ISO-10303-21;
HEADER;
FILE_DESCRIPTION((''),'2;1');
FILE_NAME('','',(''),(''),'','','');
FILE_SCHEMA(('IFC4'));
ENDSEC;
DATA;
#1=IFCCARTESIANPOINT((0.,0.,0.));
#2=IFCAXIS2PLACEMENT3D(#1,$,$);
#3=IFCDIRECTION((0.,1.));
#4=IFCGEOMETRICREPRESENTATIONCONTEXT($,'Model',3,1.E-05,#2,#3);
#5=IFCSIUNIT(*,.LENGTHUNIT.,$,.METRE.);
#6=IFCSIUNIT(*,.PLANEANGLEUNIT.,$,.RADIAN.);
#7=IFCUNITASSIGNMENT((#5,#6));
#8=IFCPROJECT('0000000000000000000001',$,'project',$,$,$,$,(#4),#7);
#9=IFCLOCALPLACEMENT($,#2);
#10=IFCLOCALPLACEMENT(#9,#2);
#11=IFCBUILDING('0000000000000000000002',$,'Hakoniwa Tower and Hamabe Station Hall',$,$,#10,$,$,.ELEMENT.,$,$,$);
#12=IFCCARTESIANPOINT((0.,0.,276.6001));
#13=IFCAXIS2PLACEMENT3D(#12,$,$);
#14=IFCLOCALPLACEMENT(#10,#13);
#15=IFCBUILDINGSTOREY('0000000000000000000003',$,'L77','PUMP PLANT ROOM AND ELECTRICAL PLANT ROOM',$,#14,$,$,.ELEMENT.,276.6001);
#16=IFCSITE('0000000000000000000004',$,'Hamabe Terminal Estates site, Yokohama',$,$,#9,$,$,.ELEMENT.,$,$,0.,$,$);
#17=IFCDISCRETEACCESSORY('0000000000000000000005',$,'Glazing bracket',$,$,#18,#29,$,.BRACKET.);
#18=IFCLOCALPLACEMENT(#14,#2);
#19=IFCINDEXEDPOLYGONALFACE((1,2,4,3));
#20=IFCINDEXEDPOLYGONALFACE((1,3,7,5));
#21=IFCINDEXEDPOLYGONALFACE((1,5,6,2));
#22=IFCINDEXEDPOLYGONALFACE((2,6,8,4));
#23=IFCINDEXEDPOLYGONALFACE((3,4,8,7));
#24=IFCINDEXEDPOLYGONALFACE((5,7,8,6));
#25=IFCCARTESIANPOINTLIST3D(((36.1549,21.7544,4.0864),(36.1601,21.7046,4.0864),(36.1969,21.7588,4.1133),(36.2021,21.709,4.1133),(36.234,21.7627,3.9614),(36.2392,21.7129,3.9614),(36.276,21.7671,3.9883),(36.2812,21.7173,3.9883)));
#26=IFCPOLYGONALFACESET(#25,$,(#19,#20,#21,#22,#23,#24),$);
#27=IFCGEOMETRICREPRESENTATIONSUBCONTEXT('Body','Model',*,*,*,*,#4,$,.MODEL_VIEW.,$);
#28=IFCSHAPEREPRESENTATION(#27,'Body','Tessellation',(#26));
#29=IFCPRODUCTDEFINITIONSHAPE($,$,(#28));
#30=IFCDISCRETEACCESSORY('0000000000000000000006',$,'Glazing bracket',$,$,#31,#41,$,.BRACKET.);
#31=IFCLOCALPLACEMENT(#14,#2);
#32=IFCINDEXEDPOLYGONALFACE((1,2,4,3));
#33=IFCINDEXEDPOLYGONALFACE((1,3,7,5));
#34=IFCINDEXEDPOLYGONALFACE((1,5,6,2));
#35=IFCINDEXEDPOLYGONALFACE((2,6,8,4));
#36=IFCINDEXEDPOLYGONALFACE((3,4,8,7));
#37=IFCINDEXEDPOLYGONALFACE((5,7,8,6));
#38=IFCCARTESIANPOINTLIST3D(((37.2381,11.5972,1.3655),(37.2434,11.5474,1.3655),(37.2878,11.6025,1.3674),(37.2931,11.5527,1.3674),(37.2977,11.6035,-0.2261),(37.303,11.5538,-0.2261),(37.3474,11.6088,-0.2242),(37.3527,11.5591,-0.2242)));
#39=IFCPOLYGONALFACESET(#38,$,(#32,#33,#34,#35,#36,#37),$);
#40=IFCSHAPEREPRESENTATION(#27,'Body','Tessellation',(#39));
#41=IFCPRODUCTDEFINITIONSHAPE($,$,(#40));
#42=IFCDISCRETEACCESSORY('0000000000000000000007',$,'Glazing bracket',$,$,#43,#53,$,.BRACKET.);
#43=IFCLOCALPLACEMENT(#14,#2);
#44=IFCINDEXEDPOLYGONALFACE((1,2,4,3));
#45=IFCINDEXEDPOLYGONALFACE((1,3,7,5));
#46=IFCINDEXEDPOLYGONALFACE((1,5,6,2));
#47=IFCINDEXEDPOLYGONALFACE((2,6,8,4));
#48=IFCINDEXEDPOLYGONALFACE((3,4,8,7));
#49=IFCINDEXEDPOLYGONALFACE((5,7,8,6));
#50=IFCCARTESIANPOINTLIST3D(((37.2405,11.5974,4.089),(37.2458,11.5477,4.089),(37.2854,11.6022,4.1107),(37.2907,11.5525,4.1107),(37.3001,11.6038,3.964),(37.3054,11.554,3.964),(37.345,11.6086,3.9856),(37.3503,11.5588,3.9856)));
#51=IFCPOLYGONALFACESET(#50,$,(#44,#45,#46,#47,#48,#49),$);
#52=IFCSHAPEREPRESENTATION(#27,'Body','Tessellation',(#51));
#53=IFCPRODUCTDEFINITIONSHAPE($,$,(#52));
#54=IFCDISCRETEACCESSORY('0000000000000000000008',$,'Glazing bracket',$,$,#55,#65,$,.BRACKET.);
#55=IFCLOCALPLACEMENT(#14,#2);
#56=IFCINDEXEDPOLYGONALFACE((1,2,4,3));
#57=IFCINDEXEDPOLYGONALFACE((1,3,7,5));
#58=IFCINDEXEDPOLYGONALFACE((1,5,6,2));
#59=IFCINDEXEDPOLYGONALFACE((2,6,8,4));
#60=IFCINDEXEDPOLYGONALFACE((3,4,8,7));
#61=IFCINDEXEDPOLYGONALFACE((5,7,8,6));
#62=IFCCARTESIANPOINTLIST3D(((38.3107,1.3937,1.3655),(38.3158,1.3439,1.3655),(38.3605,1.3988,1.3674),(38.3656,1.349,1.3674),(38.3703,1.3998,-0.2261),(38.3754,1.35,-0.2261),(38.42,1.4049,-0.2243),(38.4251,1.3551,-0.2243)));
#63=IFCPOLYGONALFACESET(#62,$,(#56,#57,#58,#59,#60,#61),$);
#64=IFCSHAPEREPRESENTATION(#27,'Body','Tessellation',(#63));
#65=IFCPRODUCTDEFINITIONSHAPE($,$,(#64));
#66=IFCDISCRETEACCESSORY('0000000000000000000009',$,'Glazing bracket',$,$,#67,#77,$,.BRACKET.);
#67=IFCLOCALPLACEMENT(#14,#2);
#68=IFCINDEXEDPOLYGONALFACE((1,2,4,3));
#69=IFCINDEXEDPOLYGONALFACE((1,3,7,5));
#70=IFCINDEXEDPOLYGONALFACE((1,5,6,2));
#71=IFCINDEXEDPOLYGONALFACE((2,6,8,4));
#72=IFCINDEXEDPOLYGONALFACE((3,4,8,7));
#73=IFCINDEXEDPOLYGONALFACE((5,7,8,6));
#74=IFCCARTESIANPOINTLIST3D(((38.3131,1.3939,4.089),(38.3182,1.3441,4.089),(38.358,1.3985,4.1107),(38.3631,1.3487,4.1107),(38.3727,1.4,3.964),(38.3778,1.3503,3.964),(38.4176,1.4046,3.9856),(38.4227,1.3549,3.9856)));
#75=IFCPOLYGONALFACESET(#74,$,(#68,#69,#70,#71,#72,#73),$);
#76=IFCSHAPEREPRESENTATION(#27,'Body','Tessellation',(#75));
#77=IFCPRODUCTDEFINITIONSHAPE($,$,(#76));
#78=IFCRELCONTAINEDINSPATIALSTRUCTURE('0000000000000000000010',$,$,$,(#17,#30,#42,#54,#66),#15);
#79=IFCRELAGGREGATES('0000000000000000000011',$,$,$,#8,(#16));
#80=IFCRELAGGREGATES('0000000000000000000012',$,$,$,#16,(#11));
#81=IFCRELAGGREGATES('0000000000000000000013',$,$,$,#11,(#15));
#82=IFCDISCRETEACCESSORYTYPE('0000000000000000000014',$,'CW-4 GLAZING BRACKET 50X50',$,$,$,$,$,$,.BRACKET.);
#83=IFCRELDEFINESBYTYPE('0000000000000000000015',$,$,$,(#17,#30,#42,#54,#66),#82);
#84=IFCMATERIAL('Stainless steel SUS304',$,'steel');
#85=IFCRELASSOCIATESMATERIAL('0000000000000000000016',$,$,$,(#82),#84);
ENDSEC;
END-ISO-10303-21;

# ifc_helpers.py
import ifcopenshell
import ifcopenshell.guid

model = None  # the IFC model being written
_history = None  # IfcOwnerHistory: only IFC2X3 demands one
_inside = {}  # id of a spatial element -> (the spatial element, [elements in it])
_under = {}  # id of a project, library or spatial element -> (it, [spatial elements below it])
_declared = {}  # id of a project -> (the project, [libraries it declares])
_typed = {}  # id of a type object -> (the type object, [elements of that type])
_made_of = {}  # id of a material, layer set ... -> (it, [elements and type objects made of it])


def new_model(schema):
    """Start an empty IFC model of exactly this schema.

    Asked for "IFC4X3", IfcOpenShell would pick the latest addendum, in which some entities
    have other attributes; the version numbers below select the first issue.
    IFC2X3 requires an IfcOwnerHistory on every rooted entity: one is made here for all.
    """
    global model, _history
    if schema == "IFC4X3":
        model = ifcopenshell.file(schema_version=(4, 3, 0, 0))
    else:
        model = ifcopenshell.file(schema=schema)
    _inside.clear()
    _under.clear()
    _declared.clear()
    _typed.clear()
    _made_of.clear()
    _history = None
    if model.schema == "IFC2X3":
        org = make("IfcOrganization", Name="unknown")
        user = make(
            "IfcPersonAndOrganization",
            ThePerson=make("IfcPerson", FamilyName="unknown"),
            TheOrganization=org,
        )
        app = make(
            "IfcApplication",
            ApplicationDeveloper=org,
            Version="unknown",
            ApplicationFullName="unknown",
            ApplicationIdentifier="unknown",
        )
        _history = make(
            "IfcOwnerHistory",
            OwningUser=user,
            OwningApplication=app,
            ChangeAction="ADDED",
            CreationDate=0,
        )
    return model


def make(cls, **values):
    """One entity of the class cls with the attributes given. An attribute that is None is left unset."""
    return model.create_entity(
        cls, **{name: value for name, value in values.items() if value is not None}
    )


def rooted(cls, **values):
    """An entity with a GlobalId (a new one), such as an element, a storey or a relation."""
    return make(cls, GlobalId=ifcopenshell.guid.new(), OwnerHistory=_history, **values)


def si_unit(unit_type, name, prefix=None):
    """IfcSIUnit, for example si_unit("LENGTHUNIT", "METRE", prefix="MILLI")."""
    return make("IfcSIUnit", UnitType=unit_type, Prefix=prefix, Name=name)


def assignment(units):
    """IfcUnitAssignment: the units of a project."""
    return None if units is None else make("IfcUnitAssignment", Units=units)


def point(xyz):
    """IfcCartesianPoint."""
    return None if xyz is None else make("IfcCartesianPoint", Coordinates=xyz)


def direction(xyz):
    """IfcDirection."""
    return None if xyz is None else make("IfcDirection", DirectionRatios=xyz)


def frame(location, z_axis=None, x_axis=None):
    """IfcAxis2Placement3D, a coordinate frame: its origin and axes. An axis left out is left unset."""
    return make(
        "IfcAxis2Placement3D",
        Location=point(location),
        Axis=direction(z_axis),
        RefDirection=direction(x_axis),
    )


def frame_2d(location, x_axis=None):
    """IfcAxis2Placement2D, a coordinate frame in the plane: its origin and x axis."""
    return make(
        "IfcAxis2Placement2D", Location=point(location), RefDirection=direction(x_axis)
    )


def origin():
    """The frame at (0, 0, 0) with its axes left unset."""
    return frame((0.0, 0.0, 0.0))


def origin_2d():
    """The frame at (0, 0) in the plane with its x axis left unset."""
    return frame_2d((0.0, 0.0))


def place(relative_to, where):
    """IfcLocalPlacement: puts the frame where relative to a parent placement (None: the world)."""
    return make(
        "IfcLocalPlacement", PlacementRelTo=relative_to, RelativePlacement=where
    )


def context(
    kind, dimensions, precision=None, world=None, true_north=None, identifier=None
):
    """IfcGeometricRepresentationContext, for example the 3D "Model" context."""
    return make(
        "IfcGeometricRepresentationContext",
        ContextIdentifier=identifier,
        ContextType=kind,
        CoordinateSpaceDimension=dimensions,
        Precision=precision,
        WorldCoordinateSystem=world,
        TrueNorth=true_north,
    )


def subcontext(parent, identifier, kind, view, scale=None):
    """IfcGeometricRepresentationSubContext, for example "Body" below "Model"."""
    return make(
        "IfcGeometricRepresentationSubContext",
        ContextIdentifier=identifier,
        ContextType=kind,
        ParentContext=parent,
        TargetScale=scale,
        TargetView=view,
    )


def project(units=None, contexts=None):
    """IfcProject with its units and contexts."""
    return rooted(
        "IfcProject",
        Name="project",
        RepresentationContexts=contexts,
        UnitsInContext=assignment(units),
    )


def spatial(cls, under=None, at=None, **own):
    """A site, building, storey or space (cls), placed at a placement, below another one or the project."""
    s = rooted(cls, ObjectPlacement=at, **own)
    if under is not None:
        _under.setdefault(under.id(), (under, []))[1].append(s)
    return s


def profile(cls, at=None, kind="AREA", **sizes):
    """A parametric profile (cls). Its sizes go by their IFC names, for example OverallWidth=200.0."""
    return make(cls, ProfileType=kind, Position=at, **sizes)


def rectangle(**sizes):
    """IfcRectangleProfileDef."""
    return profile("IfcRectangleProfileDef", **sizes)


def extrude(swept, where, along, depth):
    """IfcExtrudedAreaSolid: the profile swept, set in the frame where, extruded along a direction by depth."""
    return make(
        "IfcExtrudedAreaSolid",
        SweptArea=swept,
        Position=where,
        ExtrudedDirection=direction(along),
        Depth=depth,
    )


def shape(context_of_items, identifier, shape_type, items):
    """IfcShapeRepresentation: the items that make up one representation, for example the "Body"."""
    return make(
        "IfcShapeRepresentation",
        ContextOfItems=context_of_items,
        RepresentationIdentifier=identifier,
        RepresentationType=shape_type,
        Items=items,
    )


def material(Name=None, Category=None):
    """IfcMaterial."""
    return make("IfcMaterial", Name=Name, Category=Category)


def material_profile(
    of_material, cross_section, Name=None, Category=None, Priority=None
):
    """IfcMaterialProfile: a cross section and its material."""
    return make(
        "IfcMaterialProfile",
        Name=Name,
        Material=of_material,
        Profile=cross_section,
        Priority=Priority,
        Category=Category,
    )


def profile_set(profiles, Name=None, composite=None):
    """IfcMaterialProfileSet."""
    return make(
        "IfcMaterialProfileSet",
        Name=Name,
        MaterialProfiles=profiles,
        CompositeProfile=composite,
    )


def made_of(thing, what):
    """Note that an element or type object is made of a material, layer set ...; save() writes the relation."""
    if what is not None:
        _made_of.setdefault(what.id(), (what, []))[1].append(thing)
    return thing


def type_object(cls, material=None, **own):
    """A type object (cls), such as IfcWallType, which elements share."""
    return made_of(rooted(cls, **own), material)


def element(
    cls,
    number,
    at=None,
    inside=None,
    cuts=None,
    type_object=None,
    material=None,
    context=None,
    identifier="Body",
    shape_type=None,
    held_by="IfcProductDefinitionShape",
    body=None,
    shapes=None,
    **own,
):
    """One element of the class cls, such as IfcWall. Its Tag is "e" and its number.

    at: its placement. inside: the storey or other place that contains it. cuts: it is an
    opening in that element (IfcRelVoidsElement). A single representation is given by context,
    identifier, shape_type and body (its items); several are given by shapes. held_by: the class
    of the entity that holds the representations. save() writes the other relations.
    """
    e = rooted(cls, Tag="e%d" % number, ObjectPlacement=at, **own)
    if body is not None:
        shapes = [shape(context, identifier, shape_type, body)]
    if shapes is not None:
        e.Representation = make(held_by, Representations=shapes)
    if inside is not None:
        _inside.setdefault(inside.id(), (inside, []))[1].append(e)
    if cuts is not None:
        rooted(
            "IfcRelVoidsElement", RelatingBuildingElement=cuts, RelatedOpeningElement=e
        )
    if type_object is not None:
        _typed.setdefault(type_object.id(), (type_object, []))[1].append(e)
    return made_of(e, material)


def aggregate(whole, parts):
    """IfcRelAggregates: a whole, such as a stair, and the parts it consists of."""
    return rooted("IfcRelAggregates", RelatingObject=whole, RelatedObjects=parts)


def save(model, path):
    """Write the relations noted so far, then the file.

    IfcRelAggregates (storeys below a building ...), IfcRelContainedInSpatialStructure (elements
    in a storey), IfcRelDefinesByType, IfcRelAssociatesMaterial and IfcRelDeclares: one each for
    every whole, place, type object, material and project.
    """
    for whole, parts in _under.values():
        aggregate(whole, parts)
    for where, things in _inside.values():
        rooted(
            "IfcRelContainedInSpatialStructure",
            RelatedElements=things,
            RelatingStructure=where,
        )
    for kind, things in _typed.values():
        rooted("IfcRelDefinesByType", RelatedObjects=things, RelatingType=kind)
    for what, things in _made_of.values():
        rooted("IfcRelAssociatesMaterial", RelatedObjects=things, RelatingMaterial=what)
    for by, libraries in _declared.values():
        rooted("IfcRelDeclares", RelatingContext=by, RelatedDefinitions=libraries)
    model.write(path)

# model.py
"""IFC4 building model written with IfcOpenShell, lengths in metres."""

from ifc_helpers import new_model, si_unit, direction, frame, origin, origin_2d, place, context, subcontext, project, spatial, rectangle, extrude, material, material_profile, profile_set, type_object, element, save


model = new_model("IFC4")

# Units and contexts
model_context = context("Model", 3, precision=1e-05, world=origin(), true_north=direction((0.0, 1.0)))
body_context = subcontext(model_context, "Body", "Model", "MODEL_VIEW")
ifc_project = project(units=[si_unit("LENGTHUNIT", "METRE"), si_unit("PLANEANGLEUNIT", "RADIAN")], contexts=[model_context])

# Site, building, storey
site_placement = place(None, origin())
site = spatial("IfcSite", under=ifc_project, at=site_placement, Name="Hamabe Terminal Estates site, Yokohama", CompositionType="ELEMENT", RefElevation=0.0)
building_placement = place(site_placement, origin())
building = spatial("IfcBuilding", under=site, at=building_placement, Name="Hakoniwa Tower and Hamabe Station Hall", CompositionType="ELEMENT")
storey_placement = place(building_placement, frame((0.0, 0.0, 276.6001)))
storey = spatial("IfcBuildingStorey", under=building, at=storey_placement, Name="L77", Description="PUMP PLANT ROOM AND ELECTRICAL PLANT ROOM", CompositionType="ELEMENT", Elevation=276.6001)

# Discrete accessories
ifc_material_1 = material(Name="Stainless steel SUS304", Category="steel")
ifc_material_profile_1 = material_profile(ifc_material_1, rectangle(XDim=0.05, YDim=0.05, at=origin_2d()), Name="CW-4 GLAZING BRACKET 50X50")
ifc_profile_set_1 = profile_set([ifc_material_profile_1], Name="Stainless steel SUS304")
discrete_accessory_type = type_object("IfcDiscreteAccessoryType", Name="CW-4 GLAZING BRACKET 50X50", PredefinedType="BRACKET", material=ifc_profile_set_1)
discrete_accessory_1_placement = place(storey_placement, frame((36.1785, 21.7317, 4.0999), z_axis=(0.533898, 0.056026, -0.843691), x_axis=(-0.104365, 0.994539, 0.0)))
element("IfcDiscreteAccessory", 1, at=discrete_accessory_1_placement, inside=storey, type_object=discrete_accessory_type, Name="Glazing bracket", PredefinedType="BRACKET", context=body_context, shape_type="SweptSolid", body=[
    extrude(rectangle(XDim=0.05, YDim=0.05, at=origin_2d()), origin(), (0.0, 0.0, 1.0), 0.1482),
])
discrete_accessory_2_placement = place(storey_placement, frame((37.2656, 11.575, 1.3665), z_axis=(0.037403, 0.003986, -0.999292), x_axis=(-0.105958, 0.994371, 0.0)))
element("IfcDiscreteAccessory", 2, at=discrete_accessory_2_placement, inside=storey, type_object=discrete_accessory_type, Name="Glazing bracket", PredefinedType="BRACKET", context=body_context, shape_type="SweptSolid", body=[
    extrude(rectangle(XDim=0.05, YDim=0.05, at=origin_2d()), origin(), (0.0, 0.0, 1.0), 1.5928),
])
discrete_accessory_3_placement = place(storey_placement, frame((37.2656, 11.575, 4.0999), z_axis=(0.429756, 0.045794, -0.901783), x_axis=(-0.105958, 0.994371, 0.0)))
element("IfcDiscreteAccessory", 3, at=discrete_accessory_3_placement, inside=storey, type_object=discrete_accessory_type, Name="Glazing bracket", PredefinedType="BRACKET", context=body_context, shape_type="SweptSolid", body=[
    extrude(rectangle(XDim=0.05, YDim=0.05, at=origin_2d()), origin(), (0.0, 0.0, 1.0), 0.1387),
])
discrete_accessory_4_placement = place(storey_placement, frame((38.3381, 1.3713, 1.3665), z_axis=(0.037403, 0.003832, -0.999293), x_axis=(-0.101925, 0.994792, 0.0)))
element("IfcDiscreteAccessory", 4, at=discrete_accessory_4_placement, inside=storey, type_object=discrete_accessory_type, Name="Glazing bracket", PredefinedType="BRACKET", context=body_context, shape_type="SweptSolid", body=[
    extrude(rectangle(XDim=0.05, YDim=0.05, at=origin_2d()), origin(), (0.0, 0.0, 1.0), 1.5928),
])
discrete_accessory_5_placement = place(storey_placement, frame((38.3381, 1.3713, 4.0999), z_axis=(0.42979, 0.044036, -0.901854), x_axis=(-0.101925, 0.994792, 0.0)))
element("IfcDiscreteAccessory", 5, at=discrete_accessory_5_placement, inside=storey, type_object=discrete_accessory_type, Name="Glazing bracket", PredefinedType="BRACKET", context=body_context, shape_type="SweptSolid", body=[
    extrude(rectangle(XDim=0.05, YDim=0.05, at=origin_2d()), origin(), (0.0, 0.0, 1.0), 0.1387),
])

save(model, "model.ifc")
